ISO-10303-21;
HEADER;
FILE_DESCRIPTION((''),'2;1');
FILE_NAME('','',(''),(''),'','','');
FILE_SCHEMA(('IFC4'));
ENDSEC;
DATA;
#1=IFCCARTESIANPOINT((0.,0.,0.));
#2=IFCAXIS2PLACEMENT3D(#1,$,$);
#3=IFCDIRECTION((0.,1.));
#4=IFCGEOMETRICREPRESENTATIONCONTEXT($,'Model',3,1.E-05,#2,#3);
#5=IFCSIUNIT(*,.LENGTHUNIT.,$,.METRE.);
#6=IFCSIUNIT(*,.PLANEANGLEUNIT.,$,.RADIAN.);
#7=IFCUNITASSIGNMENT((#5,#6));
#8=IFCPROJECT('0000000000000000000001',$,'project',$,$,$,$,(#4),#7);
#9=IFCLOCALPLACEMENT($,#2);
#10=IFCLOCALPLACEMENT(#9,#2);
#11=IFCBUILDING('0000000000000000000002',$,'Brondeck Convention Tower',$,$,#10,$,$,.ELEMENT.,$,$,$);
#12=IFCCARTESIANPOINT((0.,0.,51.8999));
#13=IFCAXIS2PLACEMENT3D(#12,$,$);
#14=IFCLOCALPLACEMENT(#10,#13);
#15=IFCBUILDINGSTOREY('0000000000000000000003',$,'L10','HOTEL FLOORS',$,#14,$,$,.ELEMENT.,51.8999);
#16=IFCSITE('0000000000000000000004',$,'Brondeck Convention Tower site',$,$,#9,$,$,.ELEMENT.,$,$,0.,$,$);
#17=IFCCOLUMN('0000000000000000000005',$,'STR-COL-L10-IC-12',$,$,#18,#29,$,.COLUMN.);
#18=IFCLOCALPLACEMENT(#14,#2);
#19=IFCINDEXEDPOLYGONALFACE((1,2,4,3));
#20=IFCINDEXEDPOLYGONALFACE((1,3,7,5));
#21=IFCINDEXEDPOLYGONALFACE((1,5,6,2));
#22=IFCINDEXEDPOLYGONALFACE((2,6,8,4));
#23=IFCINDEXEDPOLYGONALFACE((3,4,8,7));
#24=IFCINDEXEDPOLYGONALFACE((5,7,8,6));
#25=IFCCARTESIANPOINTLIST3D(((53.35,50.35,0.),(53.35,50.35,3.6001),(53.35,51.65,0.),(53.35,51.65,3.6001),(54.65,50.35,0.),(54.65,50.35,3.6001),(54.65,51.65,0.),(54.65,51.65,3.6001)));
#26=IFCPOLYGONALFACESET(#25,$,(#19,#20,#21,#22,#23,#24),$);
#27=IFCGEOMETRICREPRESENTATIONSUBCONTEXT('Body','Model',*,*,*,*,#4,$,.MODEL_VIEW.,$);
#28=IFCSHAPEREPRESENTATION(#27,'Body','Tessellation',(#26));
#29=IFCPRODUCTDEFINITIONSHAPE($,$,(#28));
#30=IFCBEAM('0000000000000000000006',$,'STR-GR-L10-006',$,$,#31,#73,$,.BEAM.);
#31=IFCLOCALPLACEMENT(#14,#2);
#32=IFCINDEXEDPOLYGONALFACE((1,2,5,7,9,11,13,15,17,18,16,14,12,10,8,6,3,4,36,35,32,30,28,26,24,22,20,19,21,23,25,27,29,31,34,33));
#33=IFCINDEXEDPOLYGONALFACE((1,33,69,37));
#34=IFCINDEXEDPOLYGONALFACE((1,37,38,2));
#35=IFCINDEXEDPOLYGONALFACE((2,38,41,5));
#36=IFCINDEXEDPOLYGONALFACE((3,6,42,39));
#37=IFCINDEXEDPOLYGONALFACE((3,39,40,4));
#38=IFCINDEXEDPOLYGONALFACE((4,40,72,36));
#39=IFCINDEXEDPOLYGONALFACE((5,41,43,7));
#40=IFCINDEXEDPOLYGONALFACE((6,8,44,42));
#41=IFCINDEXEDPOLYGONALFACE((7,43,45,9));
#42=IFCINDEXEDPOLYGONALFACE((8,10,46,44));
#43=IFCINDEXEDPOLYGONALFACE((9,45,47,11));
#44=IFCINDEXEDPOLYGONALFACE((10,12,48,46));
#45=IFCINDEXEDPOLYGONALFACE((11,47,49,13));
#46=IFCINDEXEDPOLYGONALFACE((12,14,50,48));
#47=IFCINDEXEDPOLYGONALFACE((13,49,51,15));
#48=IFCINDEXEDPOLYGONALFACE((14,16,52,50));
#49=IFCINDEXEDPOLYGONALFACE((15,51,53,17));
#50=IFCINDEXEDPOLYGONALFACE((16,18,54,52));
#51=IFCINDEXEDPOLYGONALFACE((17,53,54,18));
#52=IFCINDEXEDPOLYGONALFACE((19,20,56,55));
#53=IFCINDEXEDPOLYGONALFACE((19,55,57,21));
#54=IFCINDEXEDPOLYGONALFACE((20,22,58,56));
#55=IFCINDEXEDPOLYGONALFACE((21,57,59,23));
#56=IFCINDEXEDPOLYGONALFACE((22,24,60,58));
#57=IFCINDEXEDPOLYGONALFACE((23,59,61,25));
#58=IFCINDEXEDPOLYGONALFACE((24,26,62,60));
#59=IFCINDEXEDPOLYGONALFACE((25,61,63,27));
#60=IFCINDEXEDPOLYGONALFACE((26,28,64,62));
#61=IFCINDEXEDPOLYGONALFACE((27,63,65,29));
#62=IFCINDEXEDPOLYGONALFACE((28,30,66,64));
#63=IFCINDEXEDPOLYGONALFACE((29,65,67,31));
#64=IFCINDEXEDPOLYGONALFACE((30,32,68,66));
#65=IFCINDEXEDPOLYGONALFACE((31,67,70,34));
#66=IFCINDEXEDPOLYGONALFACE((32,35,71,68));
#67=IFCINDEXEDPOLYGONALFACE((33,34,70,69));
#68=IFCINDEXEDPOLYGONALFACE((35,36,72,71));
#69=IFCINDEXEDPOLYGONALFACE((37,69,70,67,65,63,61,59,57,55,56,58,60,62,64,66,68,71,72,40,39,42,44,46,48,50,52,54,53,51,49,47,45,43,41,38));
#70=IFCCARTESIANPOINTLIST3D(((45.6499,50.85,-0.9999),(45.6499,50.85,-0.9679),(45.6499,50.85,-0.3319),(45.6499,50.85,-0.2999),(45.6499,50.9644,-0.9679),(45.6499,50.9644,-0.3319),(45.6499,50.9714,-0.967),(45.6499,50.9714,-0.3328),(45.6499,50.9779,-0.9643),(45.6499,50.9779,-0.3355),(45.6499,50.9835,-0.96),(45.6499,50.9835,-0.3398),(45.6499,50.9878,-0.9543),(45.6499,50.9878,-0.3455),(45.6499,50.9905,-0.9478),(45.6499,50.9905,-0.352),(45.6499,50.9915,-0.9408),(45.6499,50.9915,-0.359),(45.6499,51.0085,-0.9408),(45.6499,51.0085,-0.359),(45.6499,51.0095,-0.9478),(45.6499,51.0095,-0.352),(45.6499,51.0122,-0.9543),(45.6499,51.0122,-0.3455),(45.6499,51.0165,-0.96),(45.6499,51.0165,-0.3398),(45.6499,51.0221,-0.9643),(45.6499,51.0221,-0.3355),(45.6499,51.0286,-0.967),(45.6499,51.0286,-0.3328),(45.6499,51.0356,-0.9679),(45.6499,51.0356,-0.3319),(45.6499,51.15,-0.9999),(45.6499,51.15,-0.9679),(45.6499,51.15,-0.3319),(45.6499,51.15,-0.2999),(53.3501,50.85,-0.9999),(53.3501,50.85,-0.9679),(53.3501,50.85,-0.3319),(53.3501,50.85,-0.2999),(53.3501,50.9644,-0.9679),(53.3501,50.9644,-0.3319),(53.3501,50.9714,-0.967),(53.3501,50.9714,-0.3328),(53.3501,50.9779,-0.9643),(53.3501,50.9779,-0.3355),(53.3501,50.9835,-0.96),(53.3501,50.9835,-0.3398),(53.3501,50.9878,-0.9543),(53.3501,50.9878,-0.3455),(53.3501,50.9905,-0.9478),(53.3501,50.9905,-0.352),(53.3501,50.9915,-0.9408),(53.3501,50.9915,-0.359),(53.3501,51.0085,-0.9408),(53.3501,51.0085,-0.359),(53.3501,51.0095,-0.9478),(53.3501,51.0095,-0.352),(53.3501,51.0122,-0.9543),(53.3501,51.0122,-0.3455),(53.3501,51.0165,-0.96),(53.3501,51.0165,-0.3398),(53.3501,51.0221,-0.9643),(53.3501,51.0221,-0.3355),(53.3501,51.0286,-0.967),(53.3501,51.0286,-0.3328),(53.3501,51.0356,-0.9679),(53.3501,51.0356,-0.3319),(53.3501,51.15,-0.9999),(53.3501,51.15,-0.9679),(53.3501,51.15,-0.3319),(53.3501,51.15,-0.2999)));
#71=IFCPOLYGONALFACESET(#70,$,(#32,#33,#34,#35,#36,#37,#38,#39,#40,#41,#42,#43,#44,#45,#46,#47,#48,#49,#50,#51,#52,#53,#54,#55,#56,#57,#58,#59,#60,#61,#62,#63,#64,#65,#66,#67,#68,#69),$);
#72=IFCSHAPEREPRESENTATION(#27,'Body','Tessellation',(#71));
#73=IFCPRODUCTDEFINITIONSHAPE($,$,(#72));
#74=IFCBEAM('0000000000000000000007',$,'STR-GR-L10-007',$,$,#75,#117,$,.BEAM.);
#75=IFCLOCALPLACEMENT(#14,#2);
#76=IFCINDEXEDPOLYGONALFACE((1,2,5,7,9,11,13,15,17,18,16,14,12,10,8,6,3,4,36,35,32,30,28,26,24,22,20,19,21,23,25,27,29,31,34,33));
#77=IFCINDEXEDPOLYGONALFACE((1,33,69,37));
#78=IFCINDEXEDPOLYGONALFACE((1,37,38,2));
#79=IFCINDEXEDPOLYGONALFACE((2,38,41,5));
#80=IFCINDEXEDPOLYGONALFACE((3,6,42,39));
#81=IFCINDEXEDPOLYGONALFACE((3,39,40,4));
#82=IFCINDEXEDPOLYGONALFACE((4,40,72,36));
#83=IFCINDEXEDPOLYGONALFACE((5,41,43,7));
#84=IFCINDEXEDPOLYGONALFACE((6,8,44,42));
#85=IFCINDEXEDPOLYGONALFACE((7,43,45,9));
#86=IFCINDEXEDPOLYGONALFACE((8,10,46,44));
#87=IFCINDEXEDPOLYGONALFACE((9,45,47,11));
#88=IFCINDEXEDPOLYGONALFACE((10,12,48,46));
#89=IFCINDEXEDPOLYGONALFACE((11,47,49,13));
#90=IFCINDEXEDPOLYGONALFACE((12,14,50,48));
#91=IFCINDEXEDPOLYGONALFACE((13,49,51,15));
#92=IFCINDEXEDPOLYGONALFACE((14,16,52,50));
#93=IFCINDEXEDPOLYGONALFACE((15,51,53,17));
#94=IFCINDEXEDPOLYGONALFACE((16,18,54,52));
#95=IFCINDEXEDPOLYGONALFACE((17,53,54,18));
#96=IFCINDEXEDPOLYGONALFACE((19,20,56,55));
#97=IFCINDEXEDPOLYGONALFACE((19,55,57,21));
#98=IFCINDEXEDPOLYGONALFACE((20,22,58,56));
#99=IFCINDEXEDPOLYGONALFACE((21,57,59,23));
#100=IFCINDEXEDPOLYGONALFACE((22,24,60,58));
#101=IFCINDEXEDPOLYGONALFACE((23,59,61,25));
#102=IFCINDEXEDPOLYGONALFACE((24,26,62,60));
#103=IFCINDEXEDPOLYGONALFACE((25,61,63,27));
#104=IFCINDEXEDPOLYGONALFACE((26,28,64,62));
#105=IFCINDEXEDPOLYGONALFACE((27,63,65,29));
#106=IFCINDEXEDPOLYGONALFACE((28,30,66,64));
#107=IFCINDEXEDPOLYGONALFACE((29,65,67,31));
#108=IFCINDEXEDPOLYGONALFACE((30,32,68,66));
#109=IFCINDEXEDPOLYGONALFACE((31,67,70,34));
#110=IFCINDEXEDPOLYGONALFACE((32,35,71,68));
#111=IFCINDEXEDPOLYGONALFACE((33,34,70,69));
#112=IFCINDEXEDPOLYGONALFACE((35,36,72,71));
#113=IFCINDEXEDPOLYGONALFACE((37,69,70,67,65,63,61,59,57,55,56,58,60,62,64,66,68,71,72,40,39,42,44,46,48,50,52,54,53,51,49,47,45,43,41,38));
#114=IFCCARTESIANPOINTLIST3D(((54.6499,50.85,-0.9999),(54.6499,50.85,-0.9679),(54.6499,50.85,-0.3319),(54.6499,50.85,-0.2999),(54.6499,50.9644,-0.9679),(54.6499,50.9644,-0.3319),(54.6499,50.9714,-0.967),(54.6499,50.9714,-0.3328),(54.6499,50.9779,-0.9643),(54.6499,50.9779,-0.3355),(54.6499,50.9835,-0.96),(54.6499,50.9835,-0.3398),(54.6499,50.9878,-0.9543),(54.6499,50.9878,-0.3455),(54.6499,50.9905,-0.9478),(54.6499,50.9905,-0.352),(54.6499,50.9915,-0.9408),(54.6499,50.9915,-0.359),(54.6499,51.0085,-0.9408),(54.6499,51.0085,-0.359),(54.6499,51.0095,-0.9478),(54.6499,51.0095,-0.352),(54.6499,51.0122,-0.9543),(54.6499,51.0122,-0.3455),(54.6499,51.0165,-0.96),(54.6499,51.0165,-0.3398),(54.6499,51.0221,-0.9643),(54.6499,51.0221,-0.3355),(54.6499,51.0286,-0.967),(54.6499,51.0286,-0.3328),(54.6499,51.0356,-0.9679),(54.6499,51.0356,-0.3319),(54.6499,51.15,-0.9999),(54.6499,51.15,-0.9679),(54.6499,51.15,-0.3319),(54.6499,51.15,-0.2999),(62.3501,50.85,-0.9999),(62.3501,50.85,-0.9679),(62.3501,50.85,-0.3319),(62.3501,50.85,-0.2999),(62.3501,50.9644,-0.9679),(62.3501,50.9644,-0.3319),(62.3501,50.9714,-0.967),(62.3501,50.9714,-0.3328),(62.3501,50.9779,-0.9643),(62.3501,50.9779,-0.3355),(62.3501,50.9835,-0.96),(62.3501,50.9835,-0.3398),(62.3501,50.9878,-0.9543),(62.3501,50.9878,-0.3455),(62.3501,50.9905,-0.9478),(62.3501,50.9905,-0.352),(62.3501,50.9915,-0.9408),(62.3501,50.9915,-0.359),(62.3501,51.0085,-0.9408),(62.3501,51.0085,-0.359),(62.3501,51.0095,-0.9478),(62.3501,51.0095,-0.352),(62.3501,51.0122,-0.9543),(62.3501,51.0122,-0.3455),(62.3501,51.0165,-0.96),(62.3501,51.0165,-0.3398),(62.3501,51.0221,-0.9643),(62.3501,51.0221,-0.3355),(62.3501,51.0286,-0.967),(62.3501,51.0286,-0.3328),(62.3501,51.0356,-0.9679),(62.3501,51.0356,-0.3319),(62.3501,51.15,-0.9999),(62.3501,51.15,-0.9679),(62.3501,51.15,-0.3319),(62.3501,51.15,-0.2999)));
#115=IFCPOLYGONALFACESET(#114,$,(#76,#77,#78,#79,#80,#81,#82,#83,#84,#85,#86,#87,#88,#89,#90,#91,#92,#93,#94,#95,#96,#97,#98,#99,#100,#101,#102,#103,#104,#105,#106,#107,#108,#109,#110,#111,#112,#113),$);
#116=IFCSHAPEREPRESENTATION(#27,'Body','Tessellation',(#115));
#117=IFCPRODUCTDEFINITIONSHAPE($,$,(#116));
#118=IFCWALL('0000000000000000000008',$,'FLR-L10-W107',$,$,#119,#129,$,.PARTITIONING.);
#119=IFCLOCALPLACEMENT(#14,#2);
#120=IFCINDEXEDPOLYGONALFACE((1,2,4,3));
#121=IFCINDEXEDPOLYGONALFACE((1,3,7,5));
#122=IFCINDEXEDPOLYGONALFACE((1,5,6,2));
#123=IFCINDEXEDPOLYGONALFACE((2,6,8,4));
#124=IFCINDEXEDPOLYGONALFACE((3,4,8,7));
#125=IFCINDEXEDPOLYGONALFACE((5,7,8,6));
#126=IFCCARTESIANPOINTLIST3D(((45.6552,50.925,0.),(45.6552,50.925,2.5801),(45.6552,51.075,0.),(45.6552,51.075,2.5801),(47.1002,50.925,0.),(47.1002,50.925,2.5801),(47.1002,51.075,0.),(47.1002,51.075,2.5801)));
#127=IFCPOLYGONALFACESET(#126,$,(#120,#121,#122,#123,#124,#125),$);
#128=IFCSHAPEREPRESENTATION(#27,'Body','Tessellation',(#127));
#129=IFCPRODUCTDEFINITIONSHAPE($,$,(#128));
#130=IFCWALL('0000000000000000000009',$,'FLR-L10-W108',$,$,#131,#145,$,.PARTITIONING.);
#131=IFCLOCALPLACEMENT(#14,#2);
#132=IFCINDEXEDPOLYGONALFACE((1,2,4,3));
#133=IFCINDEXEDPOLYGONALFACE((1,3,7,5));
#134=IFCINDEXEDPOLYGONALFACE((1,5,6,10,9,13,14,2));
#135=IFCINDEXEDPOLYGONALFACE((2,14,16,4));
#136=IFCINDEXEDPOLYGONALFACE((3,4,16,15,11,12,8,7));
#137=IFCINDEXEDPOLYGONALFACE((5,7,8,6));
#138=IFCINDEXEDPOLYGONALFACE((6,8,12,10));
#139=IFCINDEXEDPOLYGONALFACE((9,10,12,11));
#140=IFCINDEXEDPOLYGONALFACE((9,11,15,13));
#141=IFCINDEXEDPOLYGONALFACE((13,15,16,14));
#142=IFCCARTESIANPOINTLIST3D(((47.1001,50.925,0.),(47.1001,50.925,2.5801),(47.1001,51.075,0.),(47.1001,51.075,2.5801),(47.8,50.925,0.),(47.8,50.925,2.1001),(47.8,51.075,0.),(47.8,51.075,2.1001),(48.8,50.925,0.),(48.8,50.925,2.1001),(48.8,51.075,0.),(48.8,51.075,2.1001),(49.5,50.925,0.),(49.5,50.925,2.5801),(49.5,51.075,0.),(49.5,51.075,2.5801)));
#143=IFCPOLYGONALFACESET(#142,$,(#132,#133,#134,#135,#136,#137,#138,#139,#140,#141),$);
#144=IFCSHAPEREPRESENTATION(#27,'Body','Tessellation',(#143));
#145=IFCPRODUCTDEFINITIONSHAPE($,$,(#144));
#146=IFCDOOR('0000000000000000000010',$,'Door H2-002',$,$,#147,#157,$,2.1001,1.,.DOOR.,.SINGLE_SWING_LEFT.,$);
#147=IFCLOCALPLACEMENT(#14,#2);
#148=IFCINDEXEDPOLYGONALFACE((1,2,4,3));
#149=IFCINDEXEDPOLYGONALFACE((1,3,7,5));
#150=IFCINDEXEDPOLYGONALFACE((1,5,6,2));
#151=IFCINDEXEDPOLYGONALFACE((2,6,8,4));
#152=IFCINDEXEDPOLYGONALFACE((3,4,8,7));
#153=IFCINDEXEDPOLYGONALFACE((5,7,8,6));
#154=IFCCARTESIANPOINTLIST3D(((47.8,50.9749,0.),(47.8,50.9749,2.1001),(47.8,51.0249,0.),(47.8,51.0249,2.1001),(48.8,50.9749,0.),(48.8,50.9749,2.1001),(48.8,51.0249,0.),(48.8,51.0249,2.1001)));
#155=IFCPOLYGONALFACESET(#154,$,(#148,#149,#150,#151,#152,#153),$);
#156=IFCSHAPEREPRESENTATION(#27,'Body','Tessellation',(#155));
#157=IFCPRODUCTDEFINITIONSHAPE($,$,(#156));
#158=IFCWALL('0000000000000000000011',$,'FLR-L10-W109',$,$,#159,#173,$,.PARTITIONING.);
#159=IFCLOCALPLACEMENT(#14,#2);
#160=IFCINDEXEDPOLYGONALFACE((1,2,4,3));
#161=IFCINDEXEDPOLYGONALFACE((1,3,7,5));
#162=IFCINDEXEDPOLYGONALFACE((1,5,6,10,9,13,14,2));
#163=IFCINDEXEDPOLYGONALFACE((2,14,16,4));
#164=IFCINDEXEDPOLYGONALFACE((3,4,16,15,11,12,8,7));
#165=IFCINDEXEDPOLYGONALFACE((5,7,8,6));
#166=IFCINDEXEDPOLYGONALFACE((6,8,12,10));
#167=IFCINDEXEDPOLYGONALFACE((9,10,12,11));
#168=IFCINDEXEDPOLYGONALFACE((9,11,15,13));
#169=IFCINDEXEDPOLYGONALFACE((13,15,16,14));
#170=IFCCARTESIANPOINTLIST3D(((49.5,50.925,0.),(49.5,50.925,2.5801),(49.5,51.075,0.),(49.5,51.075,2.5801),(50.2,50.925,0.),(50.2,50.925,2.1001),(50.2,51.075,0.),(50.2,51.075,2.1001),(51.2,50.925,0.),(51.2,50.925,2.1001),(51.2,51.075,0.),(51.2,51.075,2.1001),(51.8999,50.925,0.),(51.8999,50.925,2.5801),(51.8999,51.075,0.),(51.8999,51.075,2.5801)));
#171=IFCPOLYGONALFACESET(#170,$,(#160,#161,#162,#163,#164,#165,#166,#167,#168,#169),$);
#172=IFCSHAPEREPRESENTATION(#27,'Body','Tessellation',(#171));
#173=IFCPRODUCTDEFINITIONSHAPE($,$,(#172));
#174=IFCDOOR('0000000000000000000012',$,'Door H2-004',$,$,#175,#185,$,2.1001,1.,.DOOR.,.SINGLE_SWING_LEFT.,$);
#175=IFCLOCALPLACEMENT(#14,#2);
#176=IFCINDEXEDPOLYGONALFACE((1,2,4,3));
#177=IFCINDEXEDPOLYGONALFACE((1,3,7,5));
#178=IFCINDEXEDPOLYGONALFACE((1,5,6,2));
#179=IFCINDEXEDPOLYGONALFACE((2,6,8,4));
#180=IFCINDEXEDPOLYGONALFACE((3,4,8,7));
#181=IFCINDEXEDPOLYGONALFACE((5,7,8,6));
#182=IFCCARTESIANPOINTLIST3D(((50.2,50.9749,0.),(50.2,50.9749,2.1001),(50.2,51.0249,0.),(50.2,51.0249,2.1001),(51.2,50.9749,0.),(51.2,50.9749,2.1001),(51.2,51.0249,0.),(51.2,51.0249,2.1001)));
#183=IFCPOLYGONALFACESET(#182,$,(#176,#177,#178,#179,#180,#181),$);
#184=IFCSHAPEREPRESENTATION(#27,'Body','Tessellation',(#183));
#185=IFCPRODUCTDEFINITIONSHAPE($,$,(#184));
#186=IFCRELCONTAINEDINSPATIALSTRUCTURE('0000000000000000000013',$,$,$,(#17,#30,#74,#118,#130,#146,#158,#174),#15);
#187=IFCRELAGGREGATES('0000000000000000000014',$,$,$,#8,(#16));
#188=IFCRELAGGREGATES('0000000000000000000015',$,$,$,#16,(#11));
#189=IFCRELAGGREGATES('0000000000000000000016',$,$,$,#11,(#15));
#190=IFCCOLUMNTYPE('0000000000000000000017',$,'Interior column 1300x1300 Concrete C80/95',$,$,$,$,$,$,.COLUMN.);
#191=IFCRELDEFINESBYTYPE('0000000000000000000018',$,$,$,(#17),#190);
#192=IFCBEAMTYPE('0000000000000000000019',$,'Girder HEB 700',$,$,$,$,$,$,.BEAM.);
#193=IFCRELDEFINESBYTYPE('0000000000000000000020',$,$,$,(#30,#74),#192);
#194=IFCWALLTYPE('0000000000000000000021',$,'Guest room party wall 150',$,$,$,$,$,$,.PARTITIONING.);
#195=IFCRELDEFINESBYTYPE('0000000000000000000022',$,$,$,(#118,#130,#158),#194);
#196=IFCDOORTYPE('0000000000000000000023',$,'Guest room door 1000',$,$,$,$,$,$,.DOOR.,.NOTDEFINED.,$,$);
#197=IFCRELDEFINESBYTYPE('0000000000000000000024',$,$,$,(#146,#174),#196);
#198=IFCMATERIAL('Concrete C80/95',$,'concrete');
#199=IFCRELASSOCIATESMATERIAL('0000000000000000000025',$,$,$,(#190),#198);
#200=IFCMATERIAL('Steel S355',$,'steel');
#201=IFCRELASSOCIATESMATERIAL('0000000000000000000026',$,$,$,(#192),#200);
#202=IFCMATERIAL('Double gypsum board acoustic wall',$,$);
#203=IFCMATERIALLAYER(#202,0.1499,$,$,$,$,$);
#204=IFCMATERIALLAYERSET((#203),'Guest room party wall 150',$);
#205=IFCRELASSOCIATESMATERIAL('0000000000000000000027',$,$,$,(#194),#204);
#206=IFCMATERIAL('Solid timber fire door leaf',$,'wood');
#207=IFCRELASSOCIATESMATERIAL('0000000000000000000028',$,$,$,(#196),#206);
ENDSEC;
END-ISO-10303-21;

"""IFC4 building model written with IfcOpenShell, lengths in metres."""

from ifc_helpers import new_model, si_unit, direction, frame, frame_2d, origin, origin_2d, place, context, subcontext, project, spatial, rectangle, i_section, extrude, material, layer, layer_set, material_profile, profile_set, type_object, element, fill, save


model = new_model("IFC4")

# Units and contexts
model_context = context("Model", 3, precision=1e-05, world=origin(), true_north=direction((0.0, 1.0)))
body_context = subcontext(model_context, "Body", "Model", "MODEL_VIEW")
ifc_project = project(units=[si_unit("LENGTHUNIT", "METRE"), si_unit("PLANEANGLEUNIT", "RADIAN")], contexts=[model_context])

# Site, building, storey
site_placement = place(None, origin())
site = spatial("IfcSite", under=ifc_project, at=site_placement, Name="Brondeck Convention Tower site", CompositionType="ELEMENT", RefElevation=0.0)
building_placement = place(site_placement, origin())
building = spatial("IfcBuilding", under=site, at=building_placement, Name="Brondeck Convention Tower", CompositionType="ELEMENT")
storey_placement = place(building_placement, frame((0.0, 0.0, 51.8999)))
storey = spatial("IfcBuildingStorey", under=building, at=storey_placement, Name="L10", Description="HOTEL FLOORS", CompositionType="ELEMENT", Elevation=51.8999)

# Column
ifc_material_1 = material(Name="Concrete C80/95", Category="concrete")
ifc_material_profile_1 = material_profile(ifc_material_1, rectangle(XDim=1.3, YDim=1.3, at=origin_2d()), Name="Interior column 1300x1300 Concrete C80/95")
ifc_profile_set_1 = profile_set([ifc_material_profile_1], Name="Concrete C80/95")
column_type = type_object("IfcColumnType", Name="Interior column 1300x1300 Concrete C80/95", PredefinedType="COLUMN", material=ifc_profile_set_1)
column_placement = place(storey_placement, frame((54.0, 51.0, 0.0), z_axis=(0.0, 0.0, 1.0), x_axis=(1.0, 0.0, 0.0)))
element("IfcColumn", 1, at=column_placement, inside=storey, type_object=column_type, Name="STR-COL-L10-IC-12", PredefinedType="COLUMN", context=body_context, shape_type="SweptSolid", body=[
    extrude(rectangle(XDim=1.3, YDim=1.3, at=origin_2d()), origin(), (0.0, 0.0, 1.0), 3.6001),
])

# Beams
ifc_material_2 = material(Name="Steel S355", Category="steel")
ifc_material_profile_2 = material_profile(ifc_material_2, i_section(OverallWidth=0.3, OverallDepth=0.7, WebThickness=0.0171, FlangeThickness=0.032, FilletRadius=0.0271, at=origin_2d()), Name="HEB 700")
ifc_profile_set_2 = profile_set([ifc_material_profile_2], Name="Steel S355")
beam_type = type_object("IfcBeamType", Name="Girder HEB 700", PredefinedType="BEAM", material=ifc_profile_set_2)
for number, where, z_axis, x_axis, name in (
    (2, (45.6499, 51.0, -0.6499), (1.0, 0.0, 0.0), (0.0, 1.0, 0.0), "STR-GR-L10-006"),
    (3, (54.6499, 51.0, -0.6499), (1.0, 0.0, 0.0), (0.0, 1.0, 0.0), "STR-GR-L10-007"),
):
    element("IfcBeam", number, at=place(storey_placement, frame(where, z_axis=z_axis, x_axis=x_axis)), inside=storey, type_object=beam_type, Name=name, PredefinedType="BEAM", context=body_context, shape_type="SweptSolid", body=[
        extrude(i_section(OverallWidth=0.3, OverallDepth=0.7, WebThickness=0.0171, FlangeThickness=0.032, FilletRadius=0.0271, at=origin_2d()), origin(), (0.0, 0.0, 1.0), 7.7002),
    ])

# Wall
ifc_material_3 = material(Name="Double gypsum board acoustic wall")
ifc_layer_1 = layer(ifc_material_3, 0.1499)
ifc_layer_set_1 = layer_set([ifc_layer_1], Name="Guest room party wall 150")
wall_type_1 = type_object("IfcWallType", Name="Guest room party wall 150", PredefinedType="PARTITIONING", material=ifc_layer_set_1)
wall_1_placement = place(storey_placement, frame((45.655, 51.0, 0.0), z_axis=(0.0, 0.0, 1.0), x_axis=(1.0, 0.0, 0.0)))
element("IfcWall", 4, at=wall_1_placement, inside=storey, type_object=wall_type_1, Name="FLR-L10-W107", PredefinedType="PARTITIONING", context=body_context, shape_type="SweptSolid", body=[
    extrude(rectangle(XDim=1.4451, YDim=0.1499, at=frame_2d((0.7227, 0.0))), origin(), (0.0, 0.0, 1.0), 2.5801),
])

# Walls, openings, doors
wall_2_placement = place(storey_placement, frame((47.1001, 51.0, 0.0), z_axis=(0.0, 0.0, 1.0), x_axis=(1.0, 0.0, 0.0)))
wall_2 = element("IfcWall", 5, at=wall_2_placement, inside=storey, type_object=wall_type_1, Name="FLR-L10-W108", PredefinedType="PARTITIONING", context=body_context, shape_type="SweptSolid", body=[
    extrude(rectangle(XDim=2.3999, YDim=0.1499, at=frame_2d((1.2, 0.0))), origin(), (0.0, 0.0, 1.0), 2.5801),
])
opening_1_placement = place(wall_2_placement, frame((0.7, 0.0, 0.0)))
opening_1 = element("IfcOpeningElement", 6, at=opening_1_placement, cuts=wall_2, PredefinedType="OPENING", context=body_context, shape_type="SweptSolid", body=[
    extrude(rectangle(XDim=1.0, YDim=2.1001, at=frame_2d((0.5, 1.05))), frame((0.0, 0.085, 0.0), z_axis=(0.0, -1.0, 0.0), x_axis=(1.0, 0.0, 0.0)), (0.0, 0.0, 1.0), 0.1699),
])
ifc_material_4 = material(Name="Solid timber fire door leaf", Category="wood")
door_type = type_object("IfcDoorType", Name="Guest room door 1000", OperationType="NOTDEFINED", PredefinedType="DOOR", material=ifc_material_4)
door_1_placement = place(opening_1_placement, origin())
door_1 = element("IfcDoor", 7, at=door_1_placement, inside=storey, type_object=door_type, Name="Door H2-002", OperationType="SINGLE_SWING_LEFT", OverallHeight=2.1001, OverallWidth=1.0, PredefinedType="DOOR", context=body_context, shape_type="SweptSolid", body=[
    extrude(rectangle(XDim=1.0, YDim=2.1001, at=frame_2d((0.5, 1.05))), frame((0.0, 0.0249, 0.0), z_axis=(0.0, -1.0, 0.0), x_axis=(1.0, 0.0, 0.0)), (0.0, 0.0, 1.0), 0.05),
])
fill(opening_1, door_1)
wall_3_placement = place(storey_placement, frame((49.5, 51.0, 0.0), z_axis=(0.0, 0.0, 1.0), x_axis=(1.0, 0.0, 0.0)))
wall_3 = element("IfcWall", 8, at=wall_3_placement, inside=storey, type_object=wall_type_1, Name="FLR-L10-W109", PredefinedType="PARTITIONING", context=body_context, shape_type="SweptSolid", body=[
    extrude(rectangle(XDim=2.3999, YDim=0.1499, at=frame_2d((1.2, 0.0))), origin(), (0.0, 0.0, 1.0), 2.5801),
])
opening_2_placement = place(wall_3_placement, frame((0.7, 0.0, 0.0)))
opening_2 = element("IfcOpeningElement", 9, at=opening_2_placement, cuts=wall_3, PredefinedType="OPENING", context=body_context, shape_type="SweptSolid", body=[
    extrude(rectangle(XDim=1.0, YDim=2.1001, at=frame_2d((0.5, 1.05))), frame((0.0, 0.085, 0.0), z_axis=(0.0, -1.0, 0.0), x_axis=(1.0, 0.0, 0.0)), (0.0, 0.0, 1.0), 0.1699),
])
door_2_placement = place(opening_2_placement, origin())
door_2 = element("IfcDoor", 10, at=door_2_placement, inside=storey, type_object=door_type, Name="Door H2-004", OperationType="SINGLE_SWING_LEFT", OverallHeight=2.1001, OverallWidth=1.0, PredefinedType="DOOR", context=body_context, shape_type="SweptSolid", body=[
    extrude(rectangle(XDim=1.0, YDim=2.1001, at=frame_2d((0.5, 1.05))), frame((0.0, 0.0249, 0.0), z_axis=(0.0, -1.0, 0.0), x_axis=(1.0, 0.0, 0.0)), (0.0, 0.0, 1.0), 0.05),
])
fill(opening_2, door_2)

save(model, "model.ifc")
